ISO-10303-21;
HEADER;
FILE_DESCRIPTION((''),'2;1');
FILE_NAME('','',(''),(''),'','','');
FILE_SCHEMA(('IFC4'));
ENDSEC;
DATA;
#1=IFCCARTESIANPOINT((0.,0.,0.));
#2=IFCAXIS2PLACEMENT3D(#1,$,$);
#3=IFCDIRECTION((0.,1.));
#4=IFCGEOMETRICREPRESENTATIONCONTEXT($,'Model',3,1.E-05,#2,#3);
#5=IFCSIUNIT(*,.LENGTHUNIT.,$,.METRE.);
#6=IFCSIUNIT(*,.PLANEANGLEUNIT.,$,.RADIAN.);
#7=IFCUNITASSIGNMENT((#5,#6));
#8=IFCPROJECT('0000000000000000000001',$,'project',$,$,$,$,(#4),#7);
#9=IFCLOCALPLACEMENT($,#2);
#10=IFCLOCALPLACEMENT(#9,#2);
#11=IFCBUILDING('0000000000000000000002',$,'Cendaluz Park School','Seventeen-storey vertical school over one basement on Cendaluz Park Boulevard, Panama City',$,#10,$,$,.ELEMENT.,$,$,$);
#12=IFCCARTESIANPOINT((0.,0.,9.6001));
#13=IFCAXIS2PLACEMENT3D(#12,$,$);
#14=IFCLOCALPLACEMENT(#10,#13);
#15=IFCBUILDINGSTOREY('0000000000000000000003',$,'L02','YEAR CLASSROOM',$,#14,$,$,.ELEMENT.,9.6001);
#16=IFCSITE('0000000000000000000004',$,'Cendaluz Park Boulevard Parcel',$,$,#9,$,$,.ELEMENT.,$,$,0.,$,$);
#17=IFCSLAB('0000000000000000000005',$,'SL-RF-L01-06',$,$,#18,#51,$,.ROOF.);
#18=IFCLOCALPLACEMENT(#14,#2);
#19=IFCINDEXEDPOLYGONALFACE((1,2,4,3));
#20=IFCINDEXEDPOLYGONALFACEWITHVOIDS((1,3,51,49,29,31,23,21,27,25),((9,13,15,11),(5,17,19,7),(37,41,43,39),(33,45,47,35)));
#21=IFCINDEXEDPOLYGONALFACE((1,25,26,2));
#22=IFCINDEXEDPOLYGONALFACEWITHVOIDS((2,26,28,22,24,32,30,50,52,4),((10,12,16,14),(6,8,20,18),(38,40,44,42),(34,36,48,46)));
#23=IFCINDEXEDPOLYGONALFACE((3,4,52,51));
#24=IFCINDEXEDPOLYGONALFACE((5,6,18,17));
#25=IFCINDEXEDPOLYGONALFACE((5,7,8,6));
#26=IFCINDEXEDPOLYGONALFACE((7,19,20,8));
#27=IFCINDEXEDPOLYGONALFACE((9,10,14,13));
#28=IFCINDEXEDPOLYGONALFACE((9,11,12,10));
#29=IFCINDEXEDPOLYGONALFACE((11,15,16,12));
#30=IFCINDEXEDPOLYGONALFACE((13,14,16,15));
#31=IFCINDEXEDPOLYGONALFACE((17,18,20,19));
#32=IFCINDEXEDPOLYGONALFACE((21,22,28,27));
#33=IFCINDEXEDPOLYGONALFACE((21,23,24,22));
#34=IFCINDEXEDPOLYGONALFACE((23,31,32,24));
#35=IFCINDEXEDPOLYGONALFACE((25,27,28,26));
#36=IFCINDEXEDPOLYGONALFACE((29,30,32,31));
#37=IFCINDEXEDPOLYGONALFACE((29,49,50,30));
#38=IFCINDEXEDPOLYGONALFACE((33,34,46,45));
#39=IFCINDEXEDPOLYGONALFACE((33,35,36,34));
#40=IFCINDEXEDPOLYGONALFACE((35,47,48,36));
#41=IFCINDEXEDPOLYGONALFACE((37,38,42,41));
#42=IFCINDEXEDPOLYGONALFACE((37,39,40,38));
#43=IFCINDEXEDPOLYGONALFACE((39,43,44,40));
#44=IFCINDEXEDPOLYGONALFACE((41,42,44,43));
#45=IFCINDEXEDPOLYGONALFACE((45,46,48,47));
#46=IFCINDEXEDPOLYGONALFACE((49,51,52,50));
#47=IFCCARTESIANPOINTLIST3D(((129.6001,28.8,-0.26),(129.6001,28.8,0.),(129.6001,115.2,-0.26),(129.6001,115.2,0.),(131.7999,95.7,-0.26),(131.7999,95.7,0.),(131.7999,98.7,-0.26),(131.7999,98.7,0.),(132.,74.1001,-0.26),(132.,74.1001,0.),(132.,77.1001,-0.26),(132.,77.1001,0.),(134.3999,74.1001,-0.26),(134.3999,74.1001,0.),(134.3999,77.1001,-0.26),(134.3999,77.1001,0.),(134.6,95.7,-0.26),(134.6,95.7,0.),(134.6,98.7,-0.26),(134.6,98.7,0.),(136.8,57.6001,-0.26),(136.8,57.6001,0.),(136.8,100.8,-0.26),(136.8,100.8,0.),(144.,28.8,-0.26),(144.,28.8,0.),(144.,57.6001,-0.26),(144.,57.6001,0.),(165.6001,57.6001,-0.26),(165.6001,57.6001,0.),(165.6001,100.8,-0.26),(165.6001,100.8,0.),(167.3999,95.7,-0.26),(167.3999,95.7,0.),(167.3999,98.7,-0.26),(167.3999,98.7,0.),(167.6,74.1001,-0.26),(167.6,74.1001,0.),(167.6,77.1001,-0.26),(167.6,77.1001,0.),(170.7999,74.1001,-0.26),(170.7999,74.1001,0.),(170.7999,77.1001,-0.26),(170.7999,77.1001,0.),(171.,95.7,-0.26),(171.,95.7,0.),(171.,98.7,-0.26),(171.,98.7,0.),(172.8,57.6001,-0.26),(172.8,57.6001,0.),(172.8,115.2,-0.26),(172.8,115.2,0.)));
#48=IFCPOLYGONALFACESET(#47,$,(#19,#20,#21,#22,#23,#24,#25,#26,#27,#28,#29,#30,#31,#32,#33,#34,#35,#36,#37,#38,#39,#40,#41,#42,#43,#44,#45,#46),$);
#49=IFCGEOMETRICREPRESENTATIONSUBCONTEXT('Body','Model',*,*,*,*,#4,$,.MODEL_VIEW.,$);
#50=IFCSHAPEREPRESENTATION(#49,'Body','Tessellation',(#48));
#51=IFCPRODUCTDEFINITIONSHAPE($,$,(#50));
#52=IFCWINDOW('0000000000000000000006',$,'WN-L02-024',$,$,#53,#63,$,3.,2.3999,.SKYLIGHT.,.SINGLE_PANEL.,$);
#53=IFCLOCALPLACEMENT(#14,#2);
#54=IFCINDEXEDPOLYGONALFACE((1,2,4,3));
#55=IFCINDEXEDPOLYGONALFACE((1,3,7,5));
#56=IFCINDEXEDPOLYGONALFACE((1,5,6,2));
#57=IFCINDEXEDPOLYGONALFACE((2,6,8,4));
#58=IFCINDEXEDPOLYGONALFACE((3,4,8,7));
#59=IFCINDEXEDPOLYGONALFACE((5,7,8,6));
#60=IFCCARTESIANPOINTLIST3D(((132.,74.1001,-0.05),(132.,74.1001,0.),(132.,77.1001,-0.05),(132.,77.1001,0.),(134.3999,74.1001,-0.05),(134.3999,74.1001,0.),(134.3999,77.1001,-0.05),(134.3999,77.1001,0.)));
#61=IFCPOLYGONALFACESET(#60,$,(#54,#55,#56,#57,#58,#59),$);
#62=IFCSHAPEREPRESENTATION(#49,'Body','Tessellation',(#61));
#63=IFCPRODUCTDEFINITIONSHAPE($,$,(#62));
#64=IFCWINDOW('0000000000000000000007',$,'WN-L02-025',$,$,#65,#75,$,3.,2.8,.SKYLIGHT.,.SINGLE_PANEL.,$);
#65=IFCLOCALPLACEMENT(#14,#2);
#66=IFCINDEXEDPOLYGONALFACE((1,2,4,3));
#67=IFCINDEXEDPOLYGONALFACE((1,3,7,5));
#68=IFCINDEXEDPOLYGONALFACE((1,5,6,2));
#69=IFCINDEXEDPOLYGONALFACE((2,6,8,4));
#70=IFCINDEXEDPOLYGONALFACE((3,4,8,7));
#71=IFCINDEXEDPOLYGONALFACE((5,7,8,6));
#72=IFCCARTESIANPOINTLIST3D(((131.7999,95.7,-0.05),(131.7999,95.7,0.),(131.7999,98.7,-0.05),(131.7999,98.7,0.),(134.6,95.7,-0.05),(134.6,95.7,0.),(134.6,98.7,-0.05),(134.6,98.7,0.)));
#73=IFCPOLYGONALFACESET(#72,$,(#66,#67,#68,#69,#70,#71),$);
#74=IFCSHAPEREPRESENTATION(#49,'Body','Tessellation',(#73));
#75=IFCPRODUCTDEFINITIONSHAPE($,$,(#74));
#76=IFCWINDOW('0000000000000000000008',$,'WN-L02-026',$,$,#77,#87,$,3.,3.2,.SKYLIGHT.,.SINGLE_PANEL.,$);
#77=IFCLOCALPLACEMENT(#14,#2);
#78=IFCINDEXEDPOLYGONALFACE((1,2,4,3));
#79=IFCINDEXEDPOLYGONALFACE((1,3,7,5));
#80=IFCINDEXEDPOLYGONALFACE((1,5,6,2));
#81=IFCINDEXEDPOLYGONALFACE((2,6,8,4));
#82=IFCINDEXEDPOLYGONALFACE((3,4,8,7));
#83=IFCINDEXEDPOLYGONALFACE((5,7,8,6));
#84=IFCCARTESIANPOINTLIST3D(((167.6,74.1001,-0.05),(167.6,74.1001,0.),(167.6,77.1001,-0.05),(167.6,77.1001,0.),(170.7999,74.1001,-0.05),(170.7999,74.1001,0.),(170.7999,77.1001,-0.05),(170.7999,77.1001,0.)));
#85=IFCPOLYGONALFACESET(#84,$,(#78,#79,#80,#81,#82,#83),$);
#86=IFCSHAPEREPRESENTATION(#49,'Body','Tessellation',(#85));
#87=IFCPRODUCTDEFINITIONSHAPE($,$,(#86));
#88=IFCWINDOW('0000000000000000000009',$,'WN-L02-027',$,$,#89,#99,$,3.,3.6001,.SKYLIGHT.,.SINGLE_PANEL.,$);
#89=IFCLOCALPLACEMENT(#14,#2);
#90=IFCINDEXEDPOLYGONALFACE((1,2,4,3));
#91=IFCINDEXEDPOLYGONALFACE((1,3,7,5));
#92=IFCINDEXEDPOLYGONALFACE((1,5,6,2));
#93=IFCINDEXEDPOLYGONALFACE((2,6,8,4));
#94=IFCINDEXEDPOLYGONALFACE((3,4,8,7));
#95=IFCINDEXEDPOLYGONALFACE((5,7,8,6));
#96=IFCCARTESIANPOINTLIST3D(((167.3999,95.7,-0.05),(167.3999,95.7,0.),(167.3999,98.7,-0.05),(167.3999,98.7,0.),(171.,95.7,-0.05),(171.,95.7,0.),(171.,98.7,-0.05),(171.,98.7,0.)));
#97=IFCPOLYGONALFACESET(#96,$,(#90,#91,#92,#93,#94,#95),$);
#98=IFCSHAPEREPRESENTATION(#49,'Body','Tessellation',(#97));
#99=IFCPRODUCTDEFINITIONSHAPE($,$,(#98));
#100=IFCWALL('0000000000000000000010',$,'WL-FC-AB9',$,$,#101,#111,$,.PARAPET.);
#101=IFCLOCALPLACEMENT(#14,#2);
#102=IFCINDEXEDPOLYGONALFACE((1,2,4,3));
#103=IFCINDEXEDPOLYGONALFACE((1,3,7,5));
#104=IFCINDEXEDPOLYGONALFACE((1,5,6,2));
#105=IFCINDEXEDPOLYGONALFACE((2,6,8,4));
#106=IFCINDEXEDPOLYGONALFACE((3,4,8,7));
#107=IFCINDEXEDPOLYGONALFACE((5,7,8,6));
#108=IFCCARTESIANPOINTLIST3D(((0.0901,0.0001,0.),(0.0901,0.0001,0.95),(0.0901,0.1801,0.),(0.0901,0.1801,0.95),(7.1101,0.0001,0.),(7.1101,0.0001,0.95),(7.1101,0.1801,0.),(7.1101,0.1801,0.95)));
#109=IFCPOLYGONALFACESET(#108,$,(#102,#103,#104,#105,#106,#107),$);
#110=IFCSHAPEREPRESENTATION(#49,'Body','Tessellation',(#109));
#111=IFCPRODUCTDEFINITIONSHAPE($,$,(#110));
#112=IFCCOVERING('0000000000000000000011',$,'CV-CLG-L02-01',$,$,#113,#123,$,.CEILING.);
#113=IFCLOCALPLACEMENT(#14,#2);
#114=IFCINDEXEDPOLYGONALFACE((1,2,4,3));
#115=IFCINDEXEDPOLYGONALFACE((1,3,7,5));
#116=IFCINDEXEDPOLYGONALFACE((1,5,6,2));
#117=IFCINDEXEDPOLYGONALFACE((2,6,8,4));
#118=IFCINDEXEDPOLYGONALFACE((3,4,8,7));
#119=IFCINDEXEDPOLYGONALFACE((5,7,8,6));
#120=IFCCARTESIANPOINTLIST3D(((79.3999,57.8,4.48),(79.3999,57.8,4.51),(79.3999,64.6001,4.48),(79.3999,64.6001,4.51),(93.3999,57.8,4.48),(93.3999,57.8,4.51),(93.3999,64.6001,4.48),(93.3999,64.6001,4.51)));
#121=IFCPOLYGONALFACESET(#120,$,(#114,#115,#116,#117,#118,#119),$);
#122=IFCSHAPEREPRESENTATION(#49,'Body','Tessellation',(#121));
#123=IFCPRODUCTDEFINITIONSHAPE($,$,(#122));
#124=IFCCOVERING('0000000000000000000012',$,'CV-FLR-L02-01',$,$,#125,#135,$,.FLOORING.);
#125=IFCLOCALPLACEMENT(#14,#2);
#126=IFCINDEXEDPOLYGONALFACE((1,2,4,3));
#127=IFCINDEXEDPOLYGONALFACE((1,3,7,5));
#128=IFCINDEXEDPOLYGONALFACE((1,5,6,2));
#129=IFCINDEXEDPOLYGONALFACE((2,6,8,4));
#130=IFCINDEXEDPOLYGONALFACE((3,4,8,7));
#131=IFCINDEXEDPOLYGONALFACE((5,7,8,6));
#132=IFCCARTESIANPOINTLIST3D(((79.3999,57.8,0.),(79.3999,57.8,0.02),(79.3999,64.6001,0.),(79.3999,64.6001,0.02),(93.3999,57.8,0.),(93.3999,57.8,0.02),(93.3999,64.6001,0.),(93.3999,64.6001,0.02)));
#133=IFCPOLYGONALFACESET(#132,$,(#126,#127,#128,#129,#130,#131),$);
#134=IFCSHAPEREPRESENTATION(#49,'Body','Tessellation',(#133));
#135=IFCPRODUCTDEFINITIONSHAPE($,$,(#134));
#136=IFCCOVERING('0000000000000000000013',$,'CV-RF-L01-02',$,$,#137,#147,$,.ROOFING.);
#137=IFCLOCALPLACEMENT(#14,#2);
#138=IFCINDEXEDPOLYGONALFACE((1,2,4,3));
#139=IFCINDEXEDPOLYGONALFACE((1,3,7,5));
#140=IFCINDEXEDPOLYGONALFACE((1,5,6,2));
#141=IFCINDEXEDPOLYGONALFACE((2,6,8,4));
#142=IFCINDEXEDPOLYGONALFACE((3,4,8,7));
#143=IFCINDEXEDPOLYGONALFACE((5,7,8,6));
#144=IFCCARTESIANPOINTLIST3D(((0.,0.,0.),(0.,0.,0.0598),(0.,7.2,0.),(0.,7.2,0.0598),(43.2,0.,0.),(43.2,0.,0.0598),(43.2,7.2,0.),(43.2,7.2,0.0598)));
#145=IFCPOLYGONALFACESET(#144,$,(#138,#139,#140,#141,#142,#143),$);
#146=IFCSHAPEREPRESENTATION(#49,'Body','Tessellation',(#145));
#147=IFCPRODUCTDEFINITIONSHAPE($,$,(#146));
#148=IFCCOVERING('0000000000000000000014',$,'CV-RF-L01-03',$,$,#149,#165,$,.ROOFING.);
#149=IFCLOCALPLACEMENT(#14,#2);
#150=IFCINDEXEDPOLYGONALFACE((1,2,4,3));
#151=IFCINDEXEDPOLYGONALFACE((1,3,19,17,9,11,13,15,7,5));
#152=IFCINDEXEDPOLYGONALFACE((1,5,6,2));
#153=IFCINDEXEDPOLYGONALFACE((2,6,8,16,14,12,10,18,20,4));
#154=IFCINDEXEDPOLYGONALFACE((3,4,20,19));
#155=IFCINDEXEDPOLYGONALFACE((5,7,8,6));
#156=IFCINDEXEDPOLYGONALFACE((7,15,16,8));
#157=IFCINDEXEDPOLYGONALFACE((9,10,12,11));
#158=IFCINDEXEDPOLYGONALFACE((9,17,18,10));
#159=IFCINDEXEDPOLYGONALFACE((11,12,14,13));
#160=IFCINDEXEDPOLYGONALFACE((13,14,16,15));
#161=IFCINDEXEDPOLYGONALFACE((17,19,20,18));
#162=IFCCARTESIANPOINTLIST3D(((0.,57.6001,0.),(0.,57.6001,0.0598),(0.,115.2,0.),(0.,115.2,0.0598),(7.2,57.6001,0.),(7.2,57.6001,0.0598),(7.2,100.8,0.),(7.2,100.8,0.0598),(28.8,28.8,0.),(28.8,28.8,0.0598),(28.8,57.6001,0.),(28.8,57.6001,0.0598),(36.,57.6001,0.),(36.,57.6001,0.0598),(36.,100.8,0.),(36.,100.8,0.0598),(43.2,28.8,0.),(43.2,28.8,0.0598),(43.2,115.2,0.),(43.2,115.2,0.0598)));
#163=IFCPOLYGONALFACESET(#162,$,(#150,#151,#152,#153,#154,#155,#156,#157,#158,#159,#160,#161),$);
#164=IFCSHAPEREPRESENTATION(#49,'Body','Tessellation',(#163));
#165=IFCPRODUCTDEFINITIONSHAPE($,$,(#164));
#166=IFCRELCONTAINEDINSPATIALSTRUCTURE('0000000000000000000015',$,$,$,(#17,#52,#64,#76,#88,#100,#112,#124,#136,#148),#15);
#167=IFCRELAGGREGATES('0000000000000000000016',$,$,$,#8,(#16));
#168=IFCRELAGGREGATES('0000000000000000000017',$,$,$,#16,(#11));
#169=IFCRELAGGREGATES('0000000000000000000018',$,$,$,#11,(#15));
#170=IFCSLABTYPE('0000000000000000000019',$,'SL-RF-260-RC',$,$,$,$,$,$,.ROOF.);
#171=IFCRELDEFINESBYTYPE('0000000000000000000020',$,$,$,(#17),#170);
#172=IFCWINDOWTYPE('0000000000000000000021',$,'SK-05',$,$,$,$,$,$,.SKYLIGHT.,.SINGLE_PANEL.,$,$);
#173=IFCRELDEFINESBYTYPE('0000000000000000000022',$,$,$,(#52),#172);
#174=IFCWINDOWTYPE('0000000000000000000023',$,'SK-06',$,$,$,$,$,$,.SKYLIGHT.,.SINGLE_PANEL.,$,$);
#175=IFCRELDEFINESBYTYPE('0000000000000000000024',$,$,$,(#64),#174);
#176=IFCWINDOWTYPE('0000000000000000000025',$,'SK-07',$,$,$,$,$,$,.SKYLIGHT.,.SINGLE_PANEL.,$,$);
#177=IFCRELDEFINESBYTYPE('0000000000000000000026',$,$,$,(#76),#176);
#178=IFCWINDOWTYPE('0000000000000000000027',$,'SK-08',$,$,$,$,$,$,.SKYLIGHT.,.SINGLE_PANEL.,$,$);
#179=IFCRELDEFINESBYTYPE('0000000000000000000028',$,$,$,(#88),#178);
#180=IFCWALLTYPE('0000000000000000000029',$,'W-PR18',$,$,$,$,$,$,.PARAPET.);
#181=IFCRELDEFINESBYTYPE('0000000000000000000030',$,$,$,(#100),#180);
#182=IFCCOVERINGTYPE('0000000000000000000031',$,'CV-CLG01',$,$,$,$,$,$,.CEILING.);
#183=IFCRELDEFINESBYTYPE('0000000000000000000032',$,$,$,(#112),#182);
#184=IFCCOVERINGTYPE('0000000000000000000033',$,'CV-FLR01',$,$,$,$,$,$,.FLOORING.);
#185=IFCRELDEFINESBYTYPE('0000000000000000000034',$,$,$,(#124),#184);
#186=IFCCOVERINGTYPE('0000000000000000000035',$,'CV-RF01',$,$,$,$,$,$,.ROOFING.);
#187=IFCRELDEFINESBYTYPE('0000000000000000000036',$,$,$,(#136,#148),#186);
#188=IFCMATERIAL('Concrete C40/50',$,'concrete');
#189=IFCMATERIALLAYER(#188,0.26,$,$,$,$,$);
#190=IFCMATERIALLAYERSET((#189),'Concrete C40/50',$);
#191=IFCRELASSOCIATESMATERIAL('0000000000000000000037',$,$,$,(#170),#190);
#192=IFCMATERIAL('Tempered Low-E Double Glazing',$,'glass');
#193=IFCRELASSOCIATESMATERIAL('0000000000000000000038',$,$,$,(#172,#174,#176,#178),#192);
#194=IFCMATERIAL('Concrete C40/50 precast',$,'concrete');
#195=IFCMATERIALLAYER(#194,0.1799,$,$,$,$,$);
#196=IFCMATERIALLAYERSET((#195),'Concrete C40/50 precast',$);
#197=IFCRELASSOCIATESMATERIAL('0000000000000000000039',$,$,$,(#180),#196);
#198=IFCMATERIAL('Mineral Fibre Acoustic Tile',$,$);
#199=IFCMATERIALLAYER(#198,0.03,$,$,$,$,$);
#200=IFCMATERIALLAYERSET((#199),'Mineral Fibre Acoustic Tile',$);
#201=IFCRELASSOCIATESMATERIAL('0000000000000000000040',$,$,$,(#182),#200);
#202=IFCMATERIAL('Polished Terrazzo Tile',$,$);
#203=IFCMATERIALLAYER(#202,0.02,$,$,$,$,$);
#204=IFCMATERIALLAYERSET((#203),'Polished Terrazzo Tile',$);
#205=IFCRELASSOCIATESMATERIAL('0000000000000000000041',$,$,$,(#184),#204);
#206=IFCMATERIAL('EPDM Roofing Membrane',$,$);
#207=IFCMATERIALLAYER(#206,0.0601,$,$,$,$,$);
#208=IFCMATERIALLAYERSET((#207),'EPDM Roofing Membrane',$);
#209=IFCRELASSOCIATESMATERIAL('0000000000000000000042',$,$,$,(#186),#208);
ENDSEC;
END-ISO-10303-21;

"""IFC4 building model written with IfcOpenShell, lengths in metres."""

from ifc_helpers import new_model, si_unit, direction, frame, frame_2d, origin, origin_2d, place, context, subcontext, project, spatial, polyline, rectangle, outline, extrude, material, layer, layer_set, type_object, element, fill, save


model = new_model("IFC4")

# Units and contexts
model_context = context("Model", 3, precision=1e-05, world=origin(), true_north=direction((0.0, 1.0)))
body_context = subcontext(model_context, "Body", "Model", "MODEL_VIEW")
ifc_project = project(units=[si_unit("LENGTHUNIT", "METRE"), si_unit("PLANEANGLEUNIT", "RADIAN")], contexts=[model_context])

# Site, building, storey
site_placement = place(None, origin())
site = spatial("IfcSite", under=ifc_project, at=site_placement, Name="Cendaluz Park Boulevard Parcel", CompositionType="ELEMENT", RefElevation=0.0)
building_placement = place(site_placement, origin())
building = spatial("IfcBuilding", under=site, at=building_placement, Name="Cendaluz Park School", Description="Seventeen-storey vertical school over one basement on Cendaluz Park Boulevard, Panama City", CompositionType="ELEMENT")
storey_placement = place(building_placement, frame((0.0, 0.0, 9.6001)))
storey = spatial("IfcBuildingStorey", under=building, at=storey_placement, Name="L02", Description="YEAR CLASSROOM", CompositionType="ELEMENT", Elevation=9.6001)

# Shared definitions
ifc_material_1 = material(Name="Concrete C40/50", Category="concrete")

# Shared definitions
ifc_layer_1 = layer(ifc_material_1, 0.26)
ifc_layer_set_1 = layer_set([ifc_layer_1], Name="Concrete C40/50")
slab_type_1 = type_object("IfcSlabType", Name="SL-RF-260-RC", PredefinedType="ROOF", material=ifc_layer_set_1)

# Shared definitions
ifc_material_2 = material(Name="Tempered Low-E Double Glazing", Category="glass")

# Slab, openings, windows
slab_1_placement = place(storey_placement, frame((0.0, 0.0, -0.26)))
slab_1 = element("IfcSlab", 1, at=slab_1_placement, inside=storey, type_object=slab_type_1, Name="SL-RF-L01-06", PredefinedType="ROOF", context=body_context, shape_type="SweptSolid", body=[
    extrude(outline(polyline([(129.6001, 115.2), (172.8, 115.2), (172.8, 57.6001), (165.6001, 57.6001), (165.6001, 100.8), (136.8, 100.8), (136.8, 57.6001), (144.0, 57.6001), (144.0, 28.8), (129.6001, 28.8), (129.6001, 115.2)])), origin(), (0.0, 0.0, 1.0), 0.26),
])
opening_1_placement = place(slab_1_placement, frame((133.2, 75.6001, 0.0)))
opening_1 = element("IfcOpeningElement", 2, at=opening_1_placement, cuts=slab_1, PredefinedType="OPENING", context=body_context, shape_type="SweptSolid", body=[
    extrude(rectangle(XDim=2.3999, YDim=3.0, at=origin_2d()), frame((0.0, 0.0, -0.012)), (0.0, 0.0, 1.0), 0.2839),
])
opening_2_placement = place(slab_1_placement, frame((133.2, 97.2, 0.0)))
opening_2 = element("IfcOpeningElement", 3, at=opening_2_placement, cuts=slab_1, PredefinedType="OPENING", context=body_context, shape_type="SweptSolid", body=[
    extrude(rectangle(XDim=2.8, YDim=3.0, at=origin_2d()), frame((0.0, 0.0, -0.012)), (0.0, 0.0, 1.0), 0.2839),
])
opening_3_placement = place(slab_1_placement, frame((169.2, 75.6001, 0.0)))
opening_3 = element("IfcOpeningElement", 4, at=opening_3_placement, cuts=slab_1, PredefinedType="OPENING", context=body_context, shape_type="SweptSolid", body=[
    extrude(rectangle(XDim=3.2, YDim=3.0, at=origin_2d()), frame((0.0, 0.0, -0.012)), (0.0, 0.0, 1.0), 0.2839),
])
opening_4_placement = place(slab_1_placement, frame((169.2, 97.2, 0.0)))
opening_4 = element("IfcOpeningElement", 5, at=opening_4_placement, cuts=slab_1, PredefinedType="OPENING", context=body_context, shape_type="SweptSolid", body=[
    extrude(rectangle(XDim=3.6001, YDim=3.0, at=origin_2d()), frame((0.0, 0.0, -0.012)), (0.0, 0.0, 1.0), 0.2839),
])
window_type_1 = type_object("IfcWindowType", Name="SK-05", PartitioningType="SINGLE_PANEL", PredefinedType="SKYLIGHT", material=ifc_material_2)
window_1_placement = place(opening_1_placement, frame((0.0, 0.0, 0.21)))
window_1 = element("IfcWindow", 6, at=window_1_placement, inside=storey, type_object=window_type_1, Name="WN-L02-024", OverallHeight=3.0, OverallWidth=2.3999, PartitioningType="SINGLE_PANEL", PredefinedType="SKYLIGHT", context=body_context, shape_type="SweptSolid", body=[
    extrude(rectangle(XDim=2.3999, YDim=3.0, at=origin_2d()), origin(), (0.0, 0.0, 1.0), 0.05),
])
fill(opening_1, window_1)
window_type_2 = type_object("IfcWindowType", Name="SK-06", PartitioningType="SINGLE_PANEL", PredefinedType="SKYLIGHT", material=ifc_material_2)
window_2_placement = place(opening_2_placement, frame((0.0, 0.0, 0.21)))
window_2 = element("IfcWindow", 7, at=window_2_placement, inside=storey, type_object=window_type_2, Name="WN-L02-025", OverallHeight=3.0, OverallWidth=2.8, PartitioningType="SINGLE_PANEL", PredefinedType="SKYLIGHT", context=body_context, shape_type="SweptSolid", body=[
    extrude(rectangle(XDim=2.8, YDim=3.0, at=origin_2d()), origin(), (0.0, 0.0, 1.0), 0.05),
])
fill(opening_2, window_2)
window_type_3 = type_object("IfcWindowType", Name="SK-07", PartitioningType="SINGLE_PANEL", PredefinedType="SKYLIGHT", material=ifc_material_2)
window_3_placement = place(opening_3_placement, frame((0.0, 0.0, 0.21)))
window_3 = element("IfcWindow", 8, at=window_3_placement, inside=storey, type_object=window_type_3, Name="WN-L02-026", OverallHeight=3.0, OverallWidth=3.2, PartitioningType="SINGLE_PANEL", PredefinedType="SKYLIGHT", context=body_context, shape_type="SweptSolid", body=[
    extrude(rectangle(XDim=3.2, YDim=3.0, at=origin_2d()), origin(), (0.0, 0.0, 1.0), 0.05),
])
fill(opening_3, window_3)
window_type_4 = type_object("IfcWindowType", Name="SK-08", PartitioningType="SINGLE_PANEL", PredefinedType="SKYLIGHT", material=ifc_material_2)
window_4_placement = place(opening_4_placement, frame((0.0, 0.0, 0.21)))
window_4 = element("IfcWindow", 9, at=window_4_placement, inside=storey, type_object=window_type_4, Name="WN-L02-027", OverallHeight=3.0, OverallWidth=3.6001, PartitioningType="SINGLE_PANEL", PredefinedType="SKYLIGHT", context=body_context, shape_type="SweptSolid", body=[
    extrude(rectangle(XDim=3.6001, YDim=3.0, at=origin_2d()), origin(), (0.0, 0.0, 1.0), 0.05),
])
fill(opening_4, window_4)

# Wall
ifc_material_3 = material(Name="Concrete C40/50 precast", Category="concrete")
ifc_layer_2 = layer(ifc_material_3, 0.1799)
ifc_layer_set_2 = layer_set([ifc_layer_2], Name="Concrete C40/50 precast")
wall_type = type_object("IfcWallType", Name="W-PR18", PredefinedType="PARAPET", material=ifc_layer_set_2)
wall_placement = place(storey_placement, frame((0.0901, 0.0901, 0.0), z_axis=(0.0, 0.0, 1.0), x_axis=(1.0, 0.0, 0.0)))
element("IfcWall", 10, at=wall_placement, inside=storey, type_object=wall_type, Name="WL-FC-AB9", PredefinedType="PARAPET", context=body_context, shape_type="SweptSolid", body=[
    extrude(rectangle(XDim=7.02, YDim=0.1799, at=frame_2d((3.51, 0.0))), origin(), (0.0, 0.0, 1.0), 0.95),
])

# Coverings
ifc_material_4 = material(Name="Mineral Fibre Acoustic Tile")
ifc_layer_3 = layer(ifc_material_4, 0.03)
ifc_layer_set_3 = layer_set([ifc_layer_3], Name="Mineral Fibre Acoustic Tile")
covering_type_1 = type_object("IfcCoveringType", Name="CV-CLG01", PredefinedType="CEILING", material=ifc_layer_set_3)
covering_1_placement = place(storey_placement, frame((0.0, 0.0, 4.48)))
element("IfcCovering", 11, at=covering_1_placement, inside=storey, type_object=covering_type_1, Name="CV-CLG-L02-01", PredefinedType="CEILING", context=body_context, shape_type="SweptSolid", body=[
    extrude(outline(polyline([(79.3999, 57.8), (93.3999, 57.8), (93.3999, 64.6001), (79.3999, 64.6001), (79.3999, 57.8)])), origin(), (0.0, 0.0, 1.0), 0.03),
])
ifc_material_5 = material(Name="Polished Terrazzo Tile")
ifc_layer_4 = layer(ifc_material_5, 0.02)
ifc_layer_set_4 = layer_set([ifc_layer_4], Name="Polished Terrazzo Tile")
covering_type_2 = type_object("IfcCoveringType", Name="CV-FLR01", PredefinedType="FLOORING", material=ifc_layer_set_4)
covering_2_placement = place(storey_placement, origin())
element("IfcCovering", 12, at=covering_2_placement, inside=storey, type_object=covering_type_2, Name="CV-FLR-L02-01", PredefinedType="FLOORING", context=body_context, shape_type="SweptSolid", body=[
    extrude(outline(polyline([(79.3999, 57.8), (93.3999, 57.8), (93.3999, 64.6001), (79.3999, 64.6001), (79.3999, 57.8)])), origin(), (0.0, 0.0, 1.0), 0.02),
])
ifc_material_6 = material(Name="EPDM Roofing Membrane")
ifc_layer_5 = layer(ifc_material_6, 0.0601)
ifc_layer_set_5 = layer_set([ifc_layer_5], Name="EPDM Roofing Membrane")
covering_type_3 = type_object("IfcCoveringType", Name="CV-RF01", PredefinedType="ROOFING", material=ifc_layer_set_5)
covering_3_placement = place(storey_placement, origin())
element("IfcCovering", 13, at=covering_3_placement, inside=storey, type_object=covering_type_3, Name="CV-RF-L01-02", PredefinedType="ROOFING", context=body_context, shape_type="SweptSolid", body=[
    extrude(outline(polyline([(43.2, 7.2), (43.2, 0.0), (0.0, 0.0), (0.0, 7.2), (43.2, 7.2)])), origin(), (0.0, 0.0, 1.0), 0.0598),
])
covering_4_placement = place(storey_placement, origin())
element("IfcCovering", 14, at=covering_4_placement, inside=storey, type_object=covering_type_3, Name="CV-RF-L01-03", PredefinedType="ROOFING", context=body_context, shape_type="SweptSolid", body=[
    extrude(outline(polyline([(28.8, 57.6001), (36.0, 57.6001), (36.0, 100.8), (7.2, 100.8), (7.2, 57.6001), (0.0, 57.6001), (0.0, 115.2), (43.2, 115.2), (43.2, 28.8), (28.8, 28.8), (28.8, 57.6001)])), origin(), (0.0, 0.0, 1.0), 0.0598),
])

save(model, "model.ifc")
